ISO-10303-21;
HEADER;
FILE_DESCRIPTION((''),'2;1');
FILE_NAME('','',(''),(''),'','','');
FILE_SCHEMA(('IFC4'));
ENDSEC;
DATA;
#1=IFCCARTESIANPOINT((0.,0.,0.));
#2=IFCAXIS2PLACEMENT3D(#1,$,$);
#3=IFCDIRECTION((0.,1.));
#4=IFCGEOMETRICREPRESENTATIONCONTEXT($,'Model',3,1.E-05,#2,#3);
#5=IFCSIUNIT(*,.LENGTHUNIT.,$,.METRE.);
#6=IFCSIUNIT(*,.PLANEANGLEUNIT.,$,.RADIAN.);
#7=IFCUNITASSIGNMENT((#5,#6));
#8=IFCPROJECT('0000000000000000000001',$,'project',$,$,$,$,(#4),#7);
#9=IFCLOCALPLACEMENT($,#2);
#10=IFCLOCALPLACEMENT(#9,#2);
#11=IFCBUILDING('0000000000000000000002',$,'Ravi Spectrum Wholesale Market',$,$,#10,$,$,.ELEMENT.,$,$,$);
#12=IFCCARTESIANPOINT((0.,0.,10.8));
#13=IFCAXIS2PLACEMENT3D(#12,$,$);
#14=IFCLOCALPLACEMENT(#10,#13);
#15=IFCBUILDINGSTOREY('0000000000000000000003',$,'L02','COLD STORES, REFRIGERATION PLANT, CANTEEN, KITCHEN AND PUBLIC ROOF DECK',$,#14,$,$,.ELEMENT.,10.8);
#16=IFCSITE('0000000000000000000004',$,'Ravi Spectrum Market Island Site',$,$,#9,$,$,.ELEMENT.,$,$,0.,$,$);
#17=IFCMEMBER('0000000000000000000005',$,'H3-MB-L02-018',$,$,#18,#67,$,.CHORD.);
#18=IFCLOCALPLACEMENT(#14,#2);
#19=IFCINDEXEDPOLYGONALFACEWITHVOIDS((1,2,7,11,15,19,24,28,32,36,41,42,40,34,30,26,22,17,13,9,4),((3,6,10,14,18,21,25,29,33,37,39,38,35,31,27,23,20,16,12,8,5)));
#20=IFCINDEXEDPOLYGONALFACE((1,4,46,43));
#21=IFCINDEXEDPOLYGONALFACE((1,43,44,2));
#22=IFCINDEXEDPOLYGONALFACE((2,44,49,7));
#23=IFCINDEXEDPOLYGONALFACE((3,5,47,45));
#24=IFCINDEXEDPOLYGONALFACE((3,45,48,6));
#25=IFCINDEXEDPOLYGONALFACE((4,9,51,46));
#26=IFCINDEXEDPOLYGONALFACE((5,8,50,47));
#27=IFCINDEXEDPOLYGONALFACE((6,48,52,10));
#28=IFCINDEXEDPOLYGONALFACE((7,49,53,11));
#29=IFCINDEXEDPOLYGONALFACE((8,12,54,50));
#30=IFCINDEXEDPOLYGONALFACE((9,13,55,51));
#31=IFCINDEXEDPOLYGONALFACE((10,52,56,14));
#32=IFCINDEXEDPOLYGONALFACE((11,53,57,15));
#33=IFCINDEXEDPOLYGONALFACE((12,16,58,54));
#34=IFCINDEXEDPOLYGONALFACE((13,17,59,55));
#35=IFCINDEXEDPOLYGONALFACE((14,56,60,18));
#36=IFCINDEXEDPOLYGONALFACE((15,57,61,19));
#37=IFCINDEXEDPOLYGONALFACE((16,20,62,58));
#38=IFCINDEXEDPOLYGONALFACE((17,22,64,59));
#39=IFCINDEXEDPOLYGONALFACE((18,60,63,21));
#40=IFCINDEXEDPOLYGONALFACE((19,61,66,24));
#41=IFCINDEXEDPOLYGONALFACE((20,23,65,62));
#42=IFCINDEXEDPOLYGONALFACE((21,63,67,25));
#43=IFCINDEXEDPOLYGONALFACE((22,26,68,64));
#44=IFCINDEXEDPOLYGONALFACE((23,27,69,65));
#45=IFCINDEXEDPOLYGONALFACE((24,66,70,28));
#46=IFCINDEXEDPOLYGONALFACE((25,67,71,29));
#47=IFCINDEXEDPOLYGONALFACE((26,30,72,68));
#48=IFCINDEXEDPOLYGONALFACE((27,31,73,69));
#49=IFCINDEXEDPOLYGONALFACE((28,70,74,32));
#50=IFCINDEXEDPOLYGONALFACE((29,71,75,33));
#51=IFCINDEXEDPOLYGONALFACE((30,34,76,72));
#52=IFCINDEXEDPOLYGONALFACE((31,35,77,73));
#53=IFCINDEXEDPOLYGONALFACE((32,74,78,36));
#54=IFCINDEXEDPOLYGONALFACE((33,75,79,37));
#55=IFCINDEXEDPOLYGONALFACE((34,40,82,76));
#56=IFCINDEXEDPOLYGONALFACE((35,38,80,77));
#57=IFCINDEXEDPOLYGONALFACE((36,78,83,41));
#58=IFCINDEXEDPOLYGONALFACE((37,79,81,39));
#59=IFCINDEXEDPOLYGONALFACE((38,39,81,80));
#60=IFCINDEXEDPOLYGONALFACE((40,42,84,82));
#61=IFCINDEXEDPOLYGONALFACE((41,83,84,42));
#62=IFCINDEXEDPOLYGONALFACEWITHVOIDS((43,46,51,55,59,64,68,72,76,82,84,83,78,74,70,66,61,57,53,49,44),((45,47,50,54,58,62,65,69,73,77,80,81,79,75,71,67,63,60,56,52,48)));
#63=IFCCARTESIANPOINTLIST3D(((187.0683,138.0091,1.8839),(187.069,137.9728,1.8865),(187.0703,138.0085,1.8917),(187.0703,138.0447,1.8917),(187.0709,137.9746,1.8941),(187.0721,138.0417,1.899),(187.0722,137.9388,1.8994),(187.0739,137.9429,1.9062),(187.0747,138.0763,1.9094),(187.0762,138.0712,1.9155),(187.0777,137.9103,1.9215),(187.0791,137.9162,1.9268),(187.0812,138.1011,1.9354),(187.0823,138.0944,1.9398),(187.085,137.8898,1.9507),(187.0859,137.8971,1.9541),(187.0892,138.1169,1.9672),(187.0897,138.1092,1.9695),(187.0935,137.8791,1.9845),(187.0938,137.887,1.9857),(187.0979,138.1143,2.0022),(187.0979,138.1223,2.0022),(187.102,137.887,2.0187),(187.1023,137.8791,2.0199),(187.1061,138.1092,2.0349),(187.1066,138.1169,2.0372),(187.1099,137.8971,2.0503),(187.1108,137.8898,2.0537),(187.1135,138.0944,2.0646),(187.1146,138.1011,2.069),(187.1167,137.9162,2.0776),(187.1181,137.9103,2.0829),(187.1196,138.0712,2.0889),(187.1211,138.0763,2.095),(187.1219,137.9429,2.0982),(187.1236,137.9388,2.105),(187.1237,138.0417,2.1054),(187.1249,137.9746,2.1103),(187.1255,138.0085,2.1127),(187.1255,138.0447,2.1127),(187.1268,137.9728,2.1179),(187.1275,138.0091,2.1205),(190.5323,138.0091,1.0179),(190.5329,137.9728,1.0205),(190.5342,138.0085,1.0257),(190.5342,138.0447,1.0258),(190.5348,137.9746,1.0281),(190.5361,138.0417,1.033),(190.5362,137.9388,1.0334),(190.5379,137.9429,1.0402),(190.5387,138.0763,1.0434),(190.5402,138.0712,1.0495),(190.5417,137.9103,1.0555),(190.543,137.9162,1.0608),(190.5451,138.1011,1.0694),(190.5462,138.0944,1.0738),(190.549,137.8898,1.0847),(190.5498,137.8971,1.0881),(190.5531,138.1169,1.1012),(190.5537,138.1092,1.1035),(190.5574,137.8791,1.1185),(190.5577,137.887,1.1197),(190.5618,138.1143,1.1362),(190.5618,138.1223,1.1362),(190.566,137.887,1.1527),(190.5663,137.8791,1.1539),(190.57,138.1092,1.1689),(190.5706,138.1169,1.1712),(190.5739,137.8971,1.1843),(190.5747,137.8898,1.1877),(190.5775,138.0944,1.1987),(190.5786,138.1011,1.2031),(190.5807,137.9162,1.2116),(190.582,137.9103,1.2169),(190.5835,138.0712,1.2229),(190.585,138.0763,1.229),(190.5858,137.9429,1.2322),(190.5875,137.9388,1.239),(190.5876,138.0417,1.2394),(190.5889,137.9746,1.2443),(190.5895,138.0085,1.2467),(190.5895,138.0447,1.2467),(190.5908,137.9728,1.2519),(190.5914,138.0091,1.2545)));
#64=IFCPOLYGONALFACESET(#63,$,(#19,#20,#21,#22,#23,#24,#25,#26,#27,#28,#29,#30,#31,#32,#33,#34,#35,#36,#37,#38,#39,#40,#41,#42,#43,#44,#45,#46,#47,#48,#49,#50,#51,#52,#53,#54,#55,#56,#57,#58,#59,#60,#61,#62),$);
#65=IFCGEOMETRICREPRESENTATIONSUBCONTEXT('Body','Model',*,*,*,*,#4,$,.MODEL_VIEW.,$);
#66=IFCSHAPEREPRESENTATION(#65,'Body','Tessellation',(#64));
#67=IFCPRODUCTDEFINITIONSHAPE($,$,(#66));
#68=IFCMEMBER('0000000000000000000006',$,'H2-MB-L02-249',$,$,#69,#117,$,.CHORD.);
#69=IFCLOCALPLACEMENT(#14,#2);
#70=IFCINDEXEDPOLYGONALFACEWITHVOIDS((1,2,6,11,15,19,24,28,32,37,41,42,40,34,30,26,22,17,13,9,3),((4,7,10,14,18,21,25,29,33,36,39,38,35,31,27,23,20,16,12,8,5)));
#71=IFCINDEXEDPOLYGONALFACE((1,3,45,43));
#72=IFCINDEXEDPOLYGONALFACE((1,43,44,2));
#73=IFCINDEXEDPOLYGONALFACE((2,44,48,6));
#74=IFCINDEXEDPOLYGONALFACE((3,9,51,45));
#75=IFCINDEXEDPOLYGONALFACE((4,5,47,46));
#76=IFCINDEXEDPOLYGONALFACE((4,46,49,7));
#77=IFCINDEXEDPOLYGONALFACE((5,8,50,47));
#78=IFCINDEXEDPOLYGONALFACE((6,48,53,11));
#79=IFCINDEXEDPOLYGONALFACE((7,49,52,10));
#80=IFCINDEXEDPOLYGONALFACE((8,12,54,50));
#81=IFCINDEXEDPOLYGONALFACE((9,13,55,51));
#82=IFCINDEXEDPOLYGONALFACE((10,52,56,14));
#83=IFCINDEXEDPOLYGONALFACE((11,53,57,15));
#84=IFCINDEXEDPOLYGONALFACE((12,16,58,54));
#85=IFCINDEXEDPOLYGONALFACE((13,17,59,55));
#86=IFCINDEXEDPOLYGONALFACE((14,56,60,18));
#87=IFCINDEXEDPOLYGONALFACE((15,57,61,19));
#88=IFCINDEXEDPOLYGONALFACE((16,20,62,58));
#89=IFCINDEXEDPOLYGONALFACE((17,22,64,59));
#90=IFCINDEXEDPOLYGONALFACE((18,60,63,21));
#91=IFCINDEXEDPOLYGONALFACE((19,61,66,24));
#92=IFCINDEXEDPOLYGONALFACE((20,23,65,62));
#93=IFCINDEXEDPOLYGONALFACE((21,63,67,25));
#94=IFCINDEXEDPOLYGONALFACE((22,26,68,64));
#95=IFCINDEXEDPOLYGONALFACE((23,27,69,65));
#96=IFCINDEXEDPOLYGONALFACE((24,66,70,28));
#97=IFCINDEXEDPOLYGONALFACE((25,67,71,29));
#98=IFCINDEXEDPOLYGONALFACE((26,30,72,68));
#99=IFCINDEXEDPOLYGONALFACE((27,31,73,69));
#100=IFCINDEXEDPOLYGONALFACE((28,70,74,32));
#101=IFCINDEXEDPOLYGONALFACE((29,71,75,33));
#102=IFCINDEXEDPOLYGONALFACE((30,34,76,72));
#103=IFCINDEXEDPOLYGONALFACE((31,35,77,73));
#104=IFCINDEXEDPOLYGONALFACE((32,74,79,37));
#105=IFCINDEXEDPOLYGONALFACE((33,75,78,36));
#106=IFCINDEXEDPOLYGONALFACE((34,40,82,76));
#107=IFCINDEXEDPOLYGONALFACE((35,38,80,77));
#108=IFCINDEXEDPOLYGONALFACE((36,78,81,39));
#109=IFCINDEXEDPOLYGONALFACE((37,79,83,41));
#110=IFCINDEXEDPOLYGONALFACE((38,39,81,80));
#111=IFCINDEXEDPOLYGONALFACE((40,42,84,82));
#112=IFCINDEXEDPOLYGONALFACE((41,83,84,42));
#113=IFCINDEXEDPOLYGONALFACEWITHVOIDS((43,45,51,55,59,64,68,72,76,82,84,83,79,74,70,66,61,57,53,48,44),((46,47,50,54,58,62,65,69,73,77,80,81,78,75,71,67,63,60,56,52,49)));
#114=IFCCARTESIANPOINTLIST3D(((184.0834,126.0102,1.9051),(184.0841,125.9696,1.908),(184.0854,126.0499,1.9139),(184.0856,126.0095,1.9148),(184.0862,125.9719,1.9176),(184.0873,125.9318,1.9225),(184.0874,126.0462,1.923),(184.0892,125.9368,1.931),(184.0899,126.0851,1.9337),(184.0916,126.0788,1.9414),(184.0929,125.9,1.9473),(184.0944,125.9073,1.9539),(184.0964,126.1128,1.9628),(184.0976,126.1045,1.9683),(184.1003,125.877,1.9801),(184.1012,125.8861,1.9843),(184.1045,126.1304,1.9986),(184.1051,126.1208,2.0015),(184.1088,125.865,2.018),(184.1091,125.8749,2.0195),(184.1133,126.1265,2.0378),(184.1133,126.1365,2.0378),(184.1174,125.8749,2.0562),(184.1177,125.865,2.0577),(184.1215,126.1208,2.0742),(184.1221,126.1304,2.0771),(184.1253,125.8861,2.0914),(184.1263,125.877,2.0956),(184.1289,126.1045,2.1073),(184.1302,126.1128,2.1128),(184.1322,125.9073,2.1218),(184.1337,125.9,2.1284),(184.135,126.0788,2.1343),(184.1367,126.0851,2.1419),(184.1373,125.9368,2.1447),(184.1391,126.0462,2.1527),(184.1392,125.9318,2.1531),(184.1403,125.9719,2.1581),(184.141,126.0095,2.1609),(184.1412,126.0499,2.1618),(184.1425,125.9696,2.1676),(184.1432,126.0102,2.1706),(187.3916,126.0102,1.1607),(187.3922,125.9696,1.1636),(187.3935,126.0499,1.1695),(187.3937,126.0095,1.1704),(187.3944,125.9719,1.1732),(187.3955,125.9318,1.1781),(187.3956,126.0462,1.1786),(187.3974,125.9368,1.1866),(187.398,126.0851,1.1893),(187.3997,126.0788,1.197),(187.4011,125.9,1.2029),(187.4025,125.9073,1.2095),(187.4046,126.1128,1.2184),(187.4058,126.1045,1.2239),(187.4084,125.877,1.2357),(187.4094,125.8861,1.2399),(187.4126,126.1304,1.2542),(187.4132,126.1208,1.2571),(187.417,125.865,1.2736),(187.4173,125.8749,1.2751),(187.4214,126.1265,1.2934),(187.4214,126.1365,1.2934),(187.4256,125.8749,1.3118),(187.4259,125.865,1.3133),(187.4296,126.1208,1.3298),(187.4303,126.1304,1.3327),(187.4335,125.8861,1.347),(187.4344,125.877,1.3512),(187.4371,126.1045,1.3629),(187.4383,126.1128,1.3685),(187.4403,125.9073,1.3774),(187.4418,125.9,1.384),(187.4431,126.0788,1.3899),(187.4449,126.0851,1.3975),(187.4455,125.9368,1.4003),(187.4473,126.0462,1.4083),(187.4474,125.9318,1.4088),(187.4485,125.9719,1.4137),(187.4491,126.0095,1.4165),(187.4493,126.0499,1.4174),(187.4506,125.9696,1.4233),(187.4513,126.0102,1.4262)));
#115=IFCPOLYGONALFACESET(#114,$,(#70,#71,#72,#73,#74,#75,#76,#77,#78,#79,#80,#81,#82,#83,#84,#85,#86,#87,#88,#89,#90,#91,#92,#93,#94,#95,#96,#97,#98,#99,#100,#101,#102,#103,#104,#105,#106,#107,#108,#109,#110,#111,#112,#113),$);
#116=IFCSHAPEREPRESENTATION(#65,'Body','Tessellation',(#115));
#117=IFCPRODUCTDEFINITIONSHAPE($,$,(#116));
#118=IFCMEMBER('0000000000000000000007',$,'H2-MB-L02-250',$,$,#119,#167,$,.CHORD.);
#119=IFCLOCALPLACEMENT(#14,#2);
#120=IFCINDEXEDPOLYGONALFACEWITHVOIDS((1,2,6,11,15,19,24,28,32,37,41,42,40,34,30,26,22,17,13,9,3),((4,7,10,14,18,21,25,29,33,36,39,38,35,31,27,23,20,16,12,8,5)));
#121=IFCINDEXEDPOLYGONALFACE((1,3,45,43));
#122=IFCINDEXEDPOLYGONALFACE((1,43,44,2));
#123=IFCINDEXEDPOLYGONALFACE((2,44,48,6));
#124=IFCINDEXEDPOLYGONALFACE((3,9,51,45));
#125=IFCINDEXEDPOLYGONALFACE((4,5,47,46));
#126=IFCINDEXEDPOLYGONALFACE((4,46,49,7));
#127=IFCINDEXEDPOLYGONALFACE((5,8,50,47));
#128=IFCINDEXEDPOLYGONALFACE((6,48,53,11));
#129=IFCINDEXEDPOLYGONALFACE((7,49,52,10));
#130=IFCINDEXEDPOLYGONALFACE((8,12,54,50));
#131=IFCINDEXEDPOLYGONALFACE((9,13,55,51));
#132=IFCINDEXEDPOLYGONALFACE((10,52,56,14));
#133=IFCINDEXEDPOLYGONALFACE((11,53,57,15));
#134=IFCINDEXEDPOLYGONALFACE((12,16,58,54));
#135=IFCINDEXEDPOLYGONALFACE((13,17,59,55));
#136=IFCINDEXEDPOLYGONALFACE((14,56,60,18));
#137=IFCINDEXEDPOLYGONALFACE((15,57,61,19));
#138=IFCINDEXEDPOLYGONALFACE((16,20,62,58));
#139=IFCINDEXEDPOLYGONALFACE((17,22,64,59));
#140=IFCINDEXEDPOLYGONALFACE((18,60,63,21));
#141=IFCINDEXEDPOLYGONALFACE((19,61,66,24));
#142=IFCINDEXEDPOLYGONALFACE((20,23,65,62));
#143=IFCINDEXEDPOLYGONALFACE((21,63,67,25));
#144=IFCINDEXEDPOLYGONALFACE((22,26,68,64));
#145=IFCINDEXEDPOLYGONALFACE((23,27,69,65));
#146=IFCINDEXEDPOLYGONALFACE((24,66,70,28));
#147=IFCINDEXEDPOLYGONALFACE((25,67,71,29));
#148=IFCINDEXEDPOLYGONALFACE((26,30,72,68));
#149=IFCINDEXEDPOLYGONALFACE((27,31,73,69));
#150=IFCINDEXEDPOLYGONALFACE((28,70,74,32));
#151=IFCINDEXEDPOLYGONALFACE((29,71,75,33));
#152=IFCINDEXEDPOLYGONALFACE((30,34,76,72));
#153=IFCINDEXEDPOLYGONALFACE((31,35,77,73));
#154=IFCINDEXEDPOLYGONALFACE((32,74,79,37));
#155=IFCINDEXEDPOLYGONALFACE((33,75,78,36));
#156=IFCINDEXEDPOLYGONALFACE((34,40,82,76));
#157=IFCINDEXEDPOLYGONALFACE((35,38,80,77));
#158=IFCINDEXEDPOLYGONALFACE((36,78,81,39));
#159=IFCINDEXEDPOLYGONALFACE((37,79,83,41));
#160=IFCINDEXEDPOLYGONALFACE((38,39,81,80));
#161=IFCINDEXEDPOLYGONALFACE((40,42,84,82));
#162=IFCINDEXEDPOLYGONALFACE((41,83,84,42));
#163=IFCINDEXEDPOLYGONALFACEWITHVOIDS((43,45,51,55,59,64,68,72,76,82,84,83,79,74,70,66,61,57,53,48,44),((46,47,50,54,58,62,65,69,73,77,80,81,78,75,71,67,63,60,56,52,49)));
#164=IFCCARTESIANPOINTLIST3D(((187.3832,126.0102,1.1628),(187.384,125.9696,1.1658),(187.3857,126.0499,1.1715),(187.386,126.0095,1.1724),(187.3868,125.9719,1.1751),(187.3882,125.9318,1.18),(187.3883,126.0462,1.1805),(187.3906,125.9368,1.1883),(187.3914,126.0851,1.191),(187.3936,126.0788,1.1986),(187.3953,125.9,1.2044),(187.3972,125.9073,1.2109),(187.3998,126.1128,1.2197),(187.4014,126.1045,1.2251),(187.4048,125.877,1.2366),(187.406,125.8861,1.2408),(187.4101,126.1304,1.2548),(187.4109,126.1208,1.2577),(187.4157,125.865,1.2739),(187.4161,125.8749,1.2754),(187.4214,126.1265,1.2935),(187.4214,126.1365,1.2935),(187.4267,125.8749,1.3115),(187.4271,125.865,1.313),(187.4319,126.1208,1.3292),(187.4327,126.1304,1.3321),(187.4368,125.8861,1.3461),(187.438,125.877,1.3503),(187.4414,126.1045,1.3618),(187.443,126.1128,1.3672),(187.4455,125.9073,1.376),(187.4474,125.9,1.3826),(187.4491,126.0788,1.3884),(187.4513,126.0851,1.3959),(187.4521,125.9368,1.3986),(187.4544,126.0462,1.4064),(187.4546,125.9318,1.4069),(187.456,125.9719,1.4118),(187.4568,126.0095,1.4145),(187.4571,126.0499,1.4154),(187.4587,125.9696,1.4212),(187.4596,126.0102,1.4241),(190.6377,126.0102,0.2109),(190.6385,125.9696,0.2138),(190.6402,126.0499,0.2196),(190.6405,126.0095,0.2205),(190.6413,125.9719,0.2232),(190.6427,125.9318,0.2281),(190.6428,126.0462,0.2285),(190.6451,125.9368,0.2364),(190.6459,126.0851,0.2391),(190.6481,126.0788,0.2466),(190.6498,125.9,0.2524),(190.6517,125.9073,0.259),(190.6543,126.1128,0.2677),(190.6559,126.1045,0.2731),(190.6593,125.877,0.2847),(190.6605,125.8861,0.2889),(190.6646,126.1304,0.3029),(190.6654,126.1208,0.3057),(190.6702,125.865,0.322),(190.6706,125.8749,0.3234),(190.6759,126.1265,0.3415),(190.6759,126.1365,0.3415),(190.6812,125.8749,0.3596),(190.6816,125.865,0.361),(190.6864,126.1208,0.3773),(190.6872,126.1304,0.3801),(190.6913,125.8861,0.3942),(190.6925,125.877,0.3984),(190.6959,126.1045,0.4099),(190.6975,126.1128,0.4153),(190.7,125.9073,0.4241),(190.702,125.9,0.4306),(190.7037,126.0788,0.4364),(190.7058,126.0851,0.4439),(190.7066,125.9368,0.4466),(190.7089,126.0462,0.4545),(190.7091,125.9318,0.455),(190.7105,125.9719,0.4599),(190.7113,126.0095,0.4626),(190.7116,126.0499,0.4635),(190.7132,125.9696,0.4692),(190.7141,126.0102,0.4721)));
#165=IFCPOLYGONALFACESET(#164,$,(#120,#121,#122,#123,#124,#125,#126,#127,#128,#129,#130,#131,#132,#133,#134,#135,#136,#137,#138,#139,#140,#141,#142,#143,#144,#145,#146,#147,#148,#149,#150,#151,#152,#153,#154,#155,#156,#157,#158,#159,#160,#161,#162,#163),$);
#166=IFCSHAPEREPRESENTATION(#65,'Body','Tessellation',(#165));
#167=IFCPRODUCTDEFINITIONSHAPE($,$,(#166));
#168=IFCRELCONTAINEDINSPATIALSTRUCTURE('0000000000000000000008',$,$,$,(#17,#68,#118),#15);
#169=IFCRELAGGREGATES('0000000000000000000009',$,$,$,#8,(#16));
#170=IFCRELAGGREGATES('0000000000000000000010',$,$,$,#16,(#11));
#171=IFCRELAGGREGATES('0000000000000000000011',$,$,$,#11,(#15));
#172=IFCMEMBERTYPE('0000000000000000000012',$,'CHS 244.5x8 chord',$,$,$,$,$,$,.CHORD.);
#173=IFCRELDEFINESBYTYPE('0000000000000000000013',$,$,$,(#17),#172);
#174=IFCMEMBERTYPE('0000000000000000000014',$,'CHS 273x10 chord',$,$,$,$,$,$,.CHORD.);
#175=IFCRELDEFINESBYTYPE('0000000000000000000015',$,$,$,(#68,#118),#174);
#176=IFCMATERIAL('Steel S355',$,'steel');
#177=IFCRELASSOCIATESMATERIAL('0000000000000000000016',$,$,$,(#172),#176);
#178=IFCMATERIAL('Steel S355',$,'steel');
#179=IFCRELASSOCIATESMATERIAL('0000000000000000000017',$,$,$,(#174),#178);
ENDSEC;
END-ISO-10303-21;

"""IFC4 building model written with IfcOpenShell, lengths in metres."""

from ifc_helpers import new_model, si_unit, direction, frame, origin, origin_2d, place, context, subcontext, project, spatial, hollow_circle, extrude, material, material_profile, profile_set, type_object, element, save


model = new_model("IFC4")

# Units and contexts
model_context = context("Model", 3, precision=1e-05, world=origin(), true_north=direction((0.0, 1.0)))
body_context = subcontext(model_context, "Body", "Model", "MODEL_VIEW")
ifc_project = project(units=[si_unit("LENGTHUNIT", "METRE"), si_unit("PLANEANGLEUNIT", "RADIAN")], contexts=[model_context])

# Site, building, storey
site_placement = place(None, origin())
site = spatial("IfcSite", under=ifc_project, at=site_placement, Name="Ravi Spectrum Market Island Site", CompositionType="ELEMENT", RefElevation=0.0)
building_placement = place(site_placement, origin())
building = spatial("IfcBuilding", under=site, at=building_placement, Name="Ravi Spectrum Wholesale Market", CompositionType="ELEMENT")
storey_placement = place(building_placement, frame((0.0, 0.0, 10.8)))
storey = spatial("IfcBuildingStorey", under=building, at=storey_placement, Name="L02", Description="COLD STORES, REFRIGERATION PLANT, CANTEEN, KITCHEN AND PUBLIC ROOF DECK", CompositionType="ELEMENT", Elevation=10.8)

# Members
ifc_material_1 = material(Name="Steel S355", Category="steel")
ifc_material_profile_1 = material_profile(ifc_material_1, hollow_circle(Radius=0.1223, WallThickness=0.0081, at=origin_2d()))
ifc_profile_set_1 = profile_set([ifc_material_profile_1], Name="Steel S355")
member_type_1 = type_object("IfcMemberType", Name="CHS 244.5x8 chord", PredefinedType="CHORD", material=ifc_profile_set_1)
member_1_placement = place(storey_placement, frame((187.0979, 138.0, 2.0022), z_axis=(0.970143, 0.0, -0.242536), x_axis=(0.0, 1.0, 0.0)))
element("IfcMember", 1, at=member_1_placement, inside=storey, type_object=member_type_1, Name="H3-MB-L02-018", PredefinedType="CHORD", context=body_context, shape_type="SweptSolid", body=[
    extrude(hollow_circle(Radius=0.1223, WallThickness=0.0081, at=origin_2d()), origin(), (0.0, 0.0, 1.0), 3.5706),
])
ifc_material_2 = material(Name="Steel S355", Category="steel")
ifc_material_profile_2 = material_profile(ifc_material_2, hollow_circle(Radius=0.1365, WallThickness=0.01, at=origin_2d()))
ifc_profile_set_2 = profile_set([ifc_material_profile_2], Name="Steel S355")
member_type_2 = type_object("IfcMemberType", Name="CHS 273x10 chord", PredefinedType="CHORD", material=ifc_profile_set_2)
for number, where, z_axis, x_axis, name in (
    (2, (184.1133, 126.0, 2.0378), (0.975606, 0.0, -0.219529), (0.0, 1.0, 0.0), "H2-MB-L02-249"),
    (3, (187.4214, 126.0, 1.2935), (0.959785, 0.0, -0.280735), (0.0, 1.0, 0.0), "H2-MB-L02-250"),
):
    element("IfcMember", number, at=place(storey_placement, frame(where, z_axis=z_axis, x_axis=x_axis)), inside=storey, type_object=member_type_2, Name=name, PredefinedType="CHORD", context=body_context, shape_type="SweptSolid", body=[
        extrude(hollow_circle(Radius=0.1365, WallThickness=0.01, at=origin_2d()), origin(), (0.0, 0.0, 1.0), 3.3909),
    ])

save(model, "model.ifc")
